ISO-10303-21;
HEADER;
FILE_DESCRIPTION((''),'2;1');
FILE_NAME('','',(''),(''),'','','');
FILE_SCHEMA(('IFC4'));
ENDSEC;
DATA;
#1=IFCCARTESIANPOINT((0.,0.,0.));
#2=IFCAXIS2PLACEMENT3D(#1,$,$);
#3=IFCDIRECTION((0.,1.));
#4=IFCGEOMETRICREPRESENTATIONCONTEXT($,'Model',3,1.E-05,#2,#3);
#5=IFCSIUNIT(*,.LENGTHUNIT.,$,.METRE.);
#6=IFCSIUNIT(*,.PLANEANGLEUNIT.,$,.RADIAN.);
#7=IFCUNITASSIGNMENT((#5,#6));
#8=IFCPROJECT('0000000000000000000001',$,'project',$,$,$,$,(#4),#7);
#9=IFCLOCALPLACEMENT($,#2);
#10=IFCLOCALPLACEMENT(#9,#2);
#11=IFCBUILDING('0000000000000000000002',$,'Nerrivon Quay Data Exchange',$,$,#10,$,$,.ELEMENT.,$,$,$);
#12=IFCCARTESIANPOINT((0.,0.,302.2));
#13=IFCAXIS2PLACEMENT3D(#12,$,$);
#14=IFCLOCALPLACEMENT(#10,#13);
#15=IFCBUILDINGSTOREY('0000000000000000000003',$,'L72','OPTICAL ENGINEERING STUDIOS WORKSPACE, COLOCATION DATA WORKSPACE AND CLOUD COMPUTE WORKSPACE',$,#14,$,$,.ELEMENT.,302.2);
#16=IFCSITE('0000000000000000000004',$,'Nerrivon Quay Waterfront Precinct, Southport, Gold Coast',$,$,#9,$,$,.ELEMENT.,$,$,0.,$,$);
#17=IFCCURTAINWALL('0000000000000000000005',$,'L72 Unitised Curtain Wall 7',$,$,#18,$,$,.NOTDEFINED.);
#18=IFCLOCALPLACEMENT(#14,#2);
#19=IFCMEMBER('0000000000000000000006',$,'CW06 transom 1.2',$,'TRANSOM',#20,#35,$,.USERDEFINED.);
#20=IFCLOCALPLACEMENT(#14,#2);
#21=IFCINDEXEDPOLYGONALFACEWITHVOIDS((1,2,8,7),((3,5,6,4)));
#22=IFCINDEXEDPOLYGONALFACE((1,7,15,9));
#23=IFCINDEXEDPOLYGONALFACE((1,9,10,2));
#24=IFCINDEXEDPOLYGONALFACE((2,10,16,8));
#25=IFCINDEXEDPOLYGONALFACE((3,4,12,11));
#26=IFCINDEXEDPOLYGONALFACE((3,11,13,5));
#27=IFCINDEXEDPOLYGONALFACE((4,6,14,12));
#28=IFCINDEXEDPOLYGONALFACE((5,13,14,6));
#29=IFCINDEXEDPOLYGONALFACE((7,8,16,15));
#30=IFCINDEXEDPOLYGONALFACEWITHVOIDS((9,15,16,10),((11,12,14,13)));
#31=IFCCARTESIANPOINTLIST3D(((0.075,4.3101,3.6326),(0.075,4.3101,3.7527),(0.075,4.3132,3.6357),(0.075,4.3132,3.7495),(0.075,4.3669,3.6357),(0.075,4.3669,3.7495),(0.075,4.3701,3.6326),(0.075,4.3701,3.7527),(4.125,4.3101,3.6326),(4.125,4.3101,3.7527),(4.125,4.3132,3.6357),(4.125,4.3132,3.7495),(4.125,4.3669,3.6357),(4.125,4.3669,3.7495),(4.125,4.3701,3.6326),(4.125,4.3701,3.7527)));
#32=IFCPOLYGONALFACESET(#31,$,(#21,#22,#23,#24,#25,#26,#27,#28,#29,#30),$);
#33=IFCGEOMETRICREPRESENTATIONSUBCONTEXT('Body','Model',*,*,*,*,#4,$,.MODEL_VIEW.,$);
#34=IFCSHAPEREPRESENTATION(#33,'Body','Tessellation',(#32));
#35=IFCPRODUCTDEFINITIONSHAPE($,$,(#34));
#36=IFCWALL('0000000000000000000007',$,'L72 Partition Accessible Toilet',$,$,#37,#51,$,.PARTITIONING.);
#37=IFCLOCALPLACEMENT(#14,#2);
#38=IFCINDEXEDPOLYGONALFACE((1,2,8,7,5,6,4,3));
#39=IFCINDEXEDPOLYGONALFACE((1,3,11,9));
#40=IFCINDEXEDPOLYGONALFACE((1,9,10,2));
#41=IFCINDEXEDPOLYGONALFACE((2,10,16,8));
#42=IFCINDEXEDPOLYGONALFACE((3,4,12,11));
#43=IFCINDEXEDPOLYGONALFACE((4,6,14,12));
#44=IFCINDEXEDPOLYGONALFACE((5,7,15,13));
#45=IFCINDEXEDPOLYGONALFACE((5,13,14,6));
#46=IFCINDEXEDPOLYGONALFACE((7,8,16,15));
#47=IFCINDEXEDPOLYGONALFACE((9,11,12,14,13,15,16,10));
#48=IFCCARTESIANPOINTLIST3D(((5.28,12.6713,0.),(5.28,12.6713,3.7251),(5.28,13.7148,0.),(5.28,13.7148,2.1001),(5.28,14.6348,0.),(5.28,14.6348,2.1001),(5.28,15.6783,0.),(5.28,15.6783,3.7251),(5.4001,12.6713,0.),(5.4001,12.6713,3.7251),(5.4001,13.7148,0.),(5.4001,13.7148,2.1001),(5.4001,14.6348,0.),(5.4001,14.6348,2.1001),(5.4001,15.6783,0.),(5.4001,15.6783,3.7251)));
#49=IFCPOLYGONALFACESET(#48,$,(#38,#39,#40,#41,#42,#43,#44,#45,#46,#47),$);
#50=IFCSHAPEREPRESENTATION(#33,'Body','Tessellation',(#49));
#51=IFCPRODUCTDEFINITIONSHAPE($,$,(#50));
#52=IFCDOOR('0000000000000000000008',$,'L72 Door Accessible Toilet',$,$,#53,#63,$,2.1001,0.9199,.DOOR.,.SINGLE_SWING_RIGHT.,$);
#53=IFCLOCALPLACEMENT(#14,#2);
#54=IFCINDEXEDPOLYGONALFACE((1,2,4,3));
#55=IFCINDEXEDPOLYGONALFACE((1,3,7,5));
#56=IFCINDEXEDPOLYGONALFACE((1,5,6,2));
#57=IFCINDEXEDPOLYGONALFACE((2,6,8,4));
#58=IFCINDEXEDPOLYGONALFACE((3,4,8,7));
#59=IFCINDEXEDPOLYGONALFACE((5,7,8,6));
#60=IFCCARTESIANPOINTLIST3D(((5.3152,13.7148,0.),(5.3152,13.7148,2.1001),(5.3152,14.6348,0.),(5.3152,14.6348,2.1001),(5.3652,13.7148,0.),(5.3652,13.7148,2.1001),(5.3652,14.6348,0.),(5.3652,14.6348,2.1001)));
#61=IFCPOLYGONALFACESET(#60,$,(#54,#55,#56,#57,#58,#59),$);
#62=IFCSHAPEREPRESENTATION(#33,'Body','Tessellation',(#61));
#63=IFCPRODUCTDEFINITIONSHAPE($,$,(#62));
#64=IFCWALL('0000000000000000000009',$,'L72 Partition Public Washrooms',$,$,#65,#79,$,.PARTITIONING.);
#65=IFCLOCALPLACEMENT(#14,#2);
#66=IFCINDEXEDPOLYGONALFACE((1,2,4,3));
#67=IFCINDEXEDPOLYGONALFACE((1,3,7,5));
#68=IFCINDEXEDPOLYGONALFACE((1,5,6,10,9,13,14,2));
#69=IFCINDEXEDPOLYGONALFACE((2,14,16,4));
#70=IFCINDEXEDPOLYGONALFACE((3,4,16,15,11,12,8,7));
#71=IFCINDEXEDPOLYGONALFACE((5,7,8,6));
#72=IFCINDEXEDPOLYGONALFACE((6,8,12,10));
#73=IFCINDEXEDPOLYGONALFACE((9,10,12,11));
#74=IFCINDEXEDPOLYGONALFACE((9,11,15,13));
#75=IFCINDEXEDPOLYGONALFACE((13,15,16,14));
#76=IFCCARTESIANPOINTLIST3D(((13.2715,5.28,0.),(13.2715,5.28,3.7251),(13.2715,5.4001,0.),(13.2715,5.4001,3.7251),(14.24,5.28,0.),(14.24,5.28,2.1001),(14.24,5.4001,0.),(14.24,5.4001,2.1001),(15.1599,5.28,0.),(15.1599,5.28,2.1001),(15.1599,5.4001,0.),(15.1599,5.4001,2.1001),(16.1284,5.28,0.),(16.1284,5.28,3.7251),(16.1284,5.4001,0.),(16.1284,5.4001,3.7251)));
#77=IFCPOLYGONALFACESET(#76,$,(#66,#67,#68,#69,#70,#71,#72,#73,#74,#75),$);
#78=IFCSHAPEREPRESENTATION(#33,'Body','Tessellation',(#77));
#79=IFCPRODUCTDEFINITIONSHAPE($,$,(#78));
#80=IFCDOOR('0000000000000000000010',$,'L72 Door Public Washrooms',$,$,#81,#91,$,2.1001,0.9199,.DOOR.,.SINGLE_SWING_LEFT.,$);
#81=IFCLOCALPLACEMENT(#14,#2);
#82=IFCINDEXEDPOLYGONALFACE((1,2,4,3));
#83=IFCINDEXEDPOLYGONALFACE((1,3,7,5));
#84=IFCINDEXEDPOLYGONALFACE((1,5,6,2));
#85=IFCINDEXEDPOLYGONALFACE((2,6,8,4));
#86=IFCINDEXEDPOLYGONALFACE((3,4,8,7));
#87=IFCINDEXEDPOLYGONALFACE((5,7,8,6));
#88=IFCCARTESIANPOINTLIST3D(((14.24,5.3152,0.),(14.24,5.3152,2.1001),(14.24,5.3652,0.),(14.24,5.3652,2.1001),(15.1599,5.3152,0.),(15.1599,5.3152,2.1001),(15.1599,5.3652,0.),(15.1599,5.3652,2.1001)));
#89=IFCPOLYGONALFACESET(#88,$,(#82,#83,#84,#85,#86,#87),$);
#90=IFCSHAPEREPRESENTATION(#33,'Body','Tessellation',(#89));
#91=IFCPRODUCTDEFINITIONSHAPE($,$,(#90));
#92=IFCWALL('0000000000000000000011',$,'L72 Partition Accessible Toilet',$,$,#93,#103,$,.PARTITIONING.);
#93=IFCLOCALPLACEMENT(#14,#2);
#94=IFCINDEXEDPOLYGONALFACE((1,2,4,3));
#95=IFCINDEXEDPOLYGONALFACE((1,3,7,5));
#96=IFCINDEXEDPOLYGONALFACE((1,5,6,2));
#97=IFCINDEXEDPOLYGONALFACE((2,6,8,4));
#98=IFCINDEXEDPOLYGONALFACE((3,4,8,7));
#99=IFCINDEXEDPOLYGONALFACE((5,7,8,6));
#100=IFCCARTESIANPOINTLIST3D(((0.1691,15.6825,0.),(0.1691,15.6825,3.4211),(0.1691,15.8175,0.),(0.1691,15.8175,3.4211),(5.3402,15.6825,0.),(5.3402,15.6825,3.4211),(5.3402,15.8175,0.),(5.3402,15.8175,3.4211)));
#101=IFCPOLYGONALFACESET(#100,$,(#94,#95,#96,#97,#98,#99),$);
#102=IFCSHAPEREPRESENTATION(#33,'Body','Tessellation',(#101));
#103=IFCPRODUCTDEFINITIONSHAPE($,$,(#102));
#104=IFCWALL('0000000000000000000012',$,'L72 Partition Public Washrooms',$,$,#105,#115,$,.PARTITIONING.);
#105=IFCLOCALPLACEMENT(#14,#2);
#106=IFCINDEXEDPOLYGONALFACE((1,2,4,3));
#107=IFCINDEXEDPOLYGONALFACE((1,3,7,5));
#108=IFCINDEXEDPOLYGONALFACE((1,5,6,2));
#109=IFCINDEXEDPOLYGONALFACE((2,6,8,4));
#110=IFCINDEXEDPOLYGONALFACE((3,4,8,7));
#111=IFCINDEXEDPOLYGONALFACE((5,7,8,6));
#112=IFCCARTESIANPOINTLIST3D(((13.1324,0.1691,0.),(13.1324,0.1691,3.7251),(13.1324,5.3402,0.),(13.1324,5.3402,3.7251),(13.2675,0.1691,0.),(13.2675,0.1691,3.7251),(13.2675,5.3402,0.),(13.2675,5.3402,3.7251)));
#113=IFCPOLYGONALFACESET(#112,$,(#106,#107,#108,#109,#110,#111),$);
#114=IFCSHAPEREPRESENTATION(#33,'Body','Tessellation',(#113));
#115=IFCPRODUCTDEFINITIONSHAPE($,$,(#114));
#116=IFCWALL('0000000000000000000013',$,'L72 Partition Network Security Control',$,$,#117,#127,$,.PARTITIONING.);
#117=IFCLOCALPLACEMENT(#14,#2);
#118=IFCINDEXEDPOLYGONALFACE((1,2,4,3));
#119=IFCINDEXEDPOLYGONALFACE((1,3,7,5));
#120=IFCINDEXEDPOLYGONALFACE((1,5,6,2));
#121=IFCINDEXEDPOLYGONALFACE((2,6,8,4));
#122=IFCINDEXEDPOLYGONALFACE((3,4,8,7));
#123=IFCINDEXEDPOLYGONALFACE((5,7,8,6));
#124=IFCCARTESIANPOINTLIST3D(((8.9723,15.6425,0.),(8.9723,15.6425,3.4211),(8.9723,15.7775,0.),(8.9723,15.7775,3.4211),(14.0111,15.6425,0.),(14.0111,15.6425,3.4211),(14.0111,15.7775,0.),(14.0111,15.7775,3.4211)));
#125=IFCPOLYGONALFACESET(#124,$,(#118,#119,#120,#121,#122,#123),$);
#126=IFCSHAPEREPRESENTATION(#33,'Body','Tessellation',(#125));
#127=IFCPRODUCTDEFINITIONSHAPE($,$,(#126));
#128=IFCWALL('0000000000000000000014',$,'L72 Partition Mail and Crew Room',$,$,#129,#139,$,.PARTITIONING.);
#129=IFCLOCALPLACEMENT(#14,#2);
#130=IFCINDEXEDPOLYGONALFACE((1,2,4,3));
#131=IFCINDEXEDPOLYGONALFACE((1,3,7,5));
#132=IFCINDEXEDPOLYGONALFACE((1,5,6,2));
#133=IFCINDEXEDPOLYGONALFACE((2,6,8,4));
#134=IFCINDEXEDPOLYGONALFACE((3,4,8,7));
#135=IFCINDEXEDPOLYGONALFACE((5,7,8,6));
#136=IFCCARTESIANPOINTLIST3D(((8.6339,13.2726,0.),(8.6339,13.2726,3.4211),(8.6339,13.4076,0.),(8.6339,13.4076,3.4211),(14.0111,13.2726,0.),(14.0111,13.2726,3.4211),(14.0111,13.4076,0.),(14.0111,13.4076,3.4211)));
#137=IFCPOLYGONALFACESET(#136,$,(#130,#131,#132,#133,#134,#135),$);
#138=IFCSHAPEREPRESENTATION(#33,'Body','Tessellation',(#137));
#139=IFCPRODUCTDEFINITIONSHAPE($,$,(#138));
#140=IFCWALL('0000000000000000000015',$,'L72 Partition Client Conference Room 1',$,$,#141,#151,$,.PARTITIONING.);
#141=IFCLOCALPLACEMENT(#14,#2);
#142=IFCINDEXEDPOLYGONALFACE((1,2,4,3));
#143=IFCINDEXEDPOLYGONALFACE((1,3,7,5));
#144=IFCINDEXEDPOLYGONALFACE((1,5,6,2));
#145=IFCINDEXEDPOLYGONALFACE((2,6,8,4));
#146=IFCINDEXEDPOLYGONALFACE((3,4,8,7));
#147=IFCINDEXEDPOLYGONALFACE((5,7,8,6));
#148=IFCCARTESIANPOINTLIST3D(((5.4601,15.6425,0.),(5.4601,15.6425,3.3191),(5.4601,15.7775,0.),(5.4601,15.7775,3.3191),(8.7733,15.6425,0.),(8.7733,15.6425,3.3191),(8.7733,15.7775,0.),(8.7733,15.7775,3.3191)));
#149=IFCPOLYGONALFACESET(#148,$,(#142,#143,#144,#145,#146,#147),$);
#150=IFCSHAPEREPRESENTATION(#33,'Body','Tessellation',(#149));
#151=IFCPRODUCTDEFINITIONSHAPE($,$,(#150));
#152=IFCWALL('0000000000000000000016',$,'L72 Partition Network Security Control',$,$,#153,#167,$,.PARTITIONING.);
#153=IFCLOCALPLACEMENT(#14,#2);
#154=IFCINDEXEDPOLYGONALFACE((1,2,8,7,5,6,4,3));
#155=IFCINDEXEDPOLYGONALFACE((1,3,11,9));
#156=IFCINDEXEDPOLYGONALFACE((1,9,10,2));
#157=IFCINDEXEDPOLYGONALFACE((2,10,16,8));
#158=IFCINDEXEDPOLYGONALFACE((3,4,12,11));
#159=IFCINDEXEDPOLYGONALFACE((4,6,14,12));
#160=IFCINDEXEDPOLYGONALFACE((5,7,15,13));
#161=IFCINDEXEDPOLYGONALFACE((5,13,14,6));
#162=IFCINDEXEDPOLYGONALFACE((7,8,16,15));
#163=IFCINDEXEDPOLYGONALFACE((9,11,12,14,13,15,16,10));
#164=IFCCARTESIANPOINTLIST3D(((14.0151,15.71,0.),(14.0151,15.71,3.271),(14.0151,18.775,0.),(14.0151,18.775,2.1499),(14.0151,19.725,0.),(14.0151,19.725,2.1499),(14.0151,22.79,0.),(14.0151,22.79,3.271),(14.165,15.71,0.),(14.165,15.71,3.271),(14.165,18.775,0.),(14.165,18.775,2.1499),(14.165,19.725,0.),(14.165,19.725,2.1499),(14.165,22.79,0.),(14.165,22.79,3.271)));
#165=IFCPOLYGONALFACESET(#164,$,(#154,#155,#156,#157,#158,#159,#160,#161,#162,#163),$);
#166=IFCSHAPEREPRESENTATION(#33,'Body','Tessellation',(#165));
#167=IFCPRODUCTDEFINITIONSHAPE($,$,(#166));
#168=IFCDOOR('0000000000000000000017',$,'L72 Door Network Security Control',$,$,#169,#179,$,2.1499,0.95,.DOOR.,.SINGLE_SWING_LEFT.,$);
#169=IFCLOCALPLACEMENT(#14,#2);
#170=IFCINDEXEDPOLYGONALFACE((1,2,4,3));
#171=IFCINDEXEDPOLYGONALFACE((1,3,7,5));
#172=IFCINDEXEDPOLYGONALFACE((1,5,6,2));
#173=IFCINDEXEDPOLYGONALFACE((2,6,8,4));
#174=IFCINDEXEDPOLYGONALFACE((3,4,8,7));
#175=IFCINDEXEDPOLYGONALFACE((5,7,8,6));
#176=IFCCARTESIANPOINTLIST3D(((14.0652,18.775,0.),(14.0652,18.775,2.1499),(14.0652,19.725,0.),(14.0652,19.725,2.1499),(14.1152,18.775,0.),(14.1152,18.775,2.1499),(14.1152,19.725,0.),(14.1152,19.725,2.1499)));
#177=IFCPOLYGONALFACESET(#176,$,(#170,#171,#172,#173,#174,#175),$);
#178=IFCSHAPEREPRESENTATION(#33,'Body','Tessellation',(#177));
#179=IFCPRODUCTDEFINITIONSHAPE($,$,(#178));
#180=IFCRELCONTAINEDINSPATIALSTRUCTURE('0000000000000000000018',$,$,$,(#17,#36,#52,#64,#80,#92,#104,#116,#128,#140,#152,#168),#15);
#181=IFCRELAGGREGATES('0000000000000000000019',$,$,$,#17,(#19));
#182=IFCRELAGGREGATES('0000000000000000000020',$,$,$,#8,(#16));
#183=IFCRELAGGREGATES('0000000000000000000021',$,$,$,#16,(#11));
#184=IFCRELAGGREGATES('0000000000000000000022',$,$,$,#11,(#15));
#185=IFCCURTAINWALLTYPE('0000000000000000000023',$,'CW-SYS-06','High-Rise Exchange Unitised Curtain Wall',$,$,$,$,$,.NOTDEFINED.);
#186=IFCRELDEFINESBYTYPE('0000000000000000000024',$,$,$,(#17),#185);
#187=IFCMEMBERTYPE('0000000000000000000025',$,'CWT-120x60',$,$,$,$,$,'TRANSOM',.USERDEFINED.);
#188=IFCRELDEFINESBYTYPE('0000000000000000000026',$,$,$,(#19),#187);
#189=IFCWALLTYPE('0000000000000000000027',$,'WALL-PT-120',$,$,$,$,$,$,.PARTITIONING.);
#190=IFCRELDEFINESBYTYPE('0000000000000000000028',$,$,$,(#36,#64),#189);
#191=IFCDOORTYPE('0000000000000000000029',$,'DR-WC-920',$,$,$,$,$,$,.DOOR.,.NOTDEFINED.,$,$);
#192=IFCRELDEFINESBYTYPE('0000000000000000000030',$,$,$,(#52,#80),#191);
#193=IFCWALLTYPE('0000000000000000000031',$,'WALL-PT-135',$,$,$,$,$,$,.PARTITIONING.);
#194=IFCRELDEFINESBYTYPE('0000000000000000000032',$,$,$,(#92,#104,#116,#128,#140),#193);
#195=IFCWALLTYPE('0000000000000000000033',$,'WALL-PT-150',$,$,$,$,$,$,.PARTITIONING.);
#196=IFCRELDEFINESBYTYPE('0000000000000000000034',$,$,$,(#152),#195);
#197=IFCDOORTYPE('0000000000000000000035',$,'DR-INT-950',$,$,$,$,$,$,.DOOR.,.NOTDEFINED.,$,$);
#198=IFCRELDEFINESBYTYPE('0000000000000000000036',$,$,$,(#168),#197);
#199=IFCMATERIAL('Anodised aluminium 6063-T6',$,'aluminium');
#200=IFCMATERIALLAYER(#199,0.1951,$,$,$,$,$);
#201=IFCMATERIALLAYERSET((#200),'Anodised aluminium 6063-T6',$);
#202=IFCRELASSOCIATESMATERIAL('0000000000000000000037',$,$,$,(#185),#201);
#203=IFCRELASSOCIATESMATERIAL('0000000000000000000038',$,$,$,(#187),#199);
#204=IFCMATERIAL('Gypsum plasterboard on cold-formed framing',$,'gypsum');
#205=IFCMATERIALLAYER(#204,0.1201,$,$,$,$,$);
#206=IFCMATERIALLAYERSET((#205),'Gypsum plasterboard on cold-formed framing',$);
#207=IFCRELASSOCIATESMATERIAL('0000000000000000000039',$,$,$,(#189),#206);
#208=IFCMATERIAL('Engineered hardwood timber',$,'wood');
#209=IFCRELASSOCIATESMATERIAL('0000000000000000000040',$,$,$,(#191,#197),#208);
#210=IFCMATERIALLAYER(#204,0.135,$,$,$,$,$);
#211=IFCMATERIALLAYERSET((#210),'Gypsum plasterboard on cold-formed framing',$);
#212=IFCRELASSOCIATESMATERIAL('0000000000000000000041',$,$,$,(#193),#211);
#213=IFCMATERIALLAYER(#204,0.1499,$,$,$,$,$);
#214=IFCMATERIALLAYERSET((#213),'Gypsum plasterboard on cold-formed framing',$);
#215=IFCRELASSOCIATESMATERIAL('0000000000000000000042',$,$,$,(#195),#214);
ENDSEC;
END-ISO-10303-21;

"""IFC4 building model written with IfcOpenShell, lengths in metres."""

from ifc_helpers import new_model, si_unit, direction, frame, frame_2d, origin, origin_2d, place, context, subcontext, project, spatial, rectangle, hollow_rectangle, extrude, material, layer, layer_set, material_profile, profile_set, type_object, element, fill, aggregate, save


model = new_model("IFC4")

# Units and contexts
model_context = context("Model", 3, precision=1e-05, world=origin(), true_north=direction((0.0, 1.0)))
body_context = subcontext(model_context, "Body", "Model", "MODEL_VIEW")
ifc_project = project(units=[si_unit("LENGTHUNIT", "METRE"), si_unit("PLANEANGLEUNIT", "RADIAN")], contexts=[model_context])

# Site, building, storey
site_placement = place(None, origin())
site = spatial("IfcSite", under=ifc_project, at=site_placement, Name="Nerrivon Quay Waterfront Precinct, Southport, Gold Coast", CompositionType="ELEMENT", RefElevation=0.0)
building_placement = place(site_placement, origin())
building = spatial("IfcBuilding", under=site, at=building_placement, Name="Nerrivon Quay Data Exchange", CompositionType="ELEMENT")
storey_placement = place(building_placement, frame((0.0, 0.0, 302.2)))
storey = spatial("IfcBuildingStorey", under=building, at=storey_placement, Name="L72", Description="OPTICAL ENGINEERING STUDIOS WORKSPACE, COLOCATION DATA WORKSPACE AND CLOUD COMPUTE WORKSPACE", CompositionType="ELEMENT", Elevation=302.2)

# Curtain wall, member
ifc_material_1 = material(Name="Anodised aluminium 6063-T6", Category="aluminium")
ifc_layer_1 = layer(ifc_material_1, 0.1951)
ifc_layer_set_1 = layer_set([ifc_layer_1], Name="Anodised aluminium 6063-T6")
curtain_wall_type = type_object("IfcCurtainWallType", Name="CW-SYS-06", Description="High-Rise Exchange Unitised Curtain Wall", PredefinedType="NOTDEFINED", material=ifc_layer_set_1)
curtain_wall_placement = place(storey_placement, origin())
curtain_wall = element("IfcCurtainWall", 1, at=curtain_wall_placement, inside=storey, type_object=curtain_wall_type, Name="L72 Unitised Curtain Wall 7", PredefinedType="NOTDEFINED")
ifc_material_profile_1 = material_profile(ifc_material_1, hollow_rectangle(XDim=0.0601, YDim=0.1201, WallThickness=0.0032, at=origin_2d()), Name="ALU-TRAN-120x60")
ifc_profile_set_1 = profile_set([ifc_material_profile_1], Name="Anodised aluminium 6063-T6")
member_type_1 = type_object("IfcMemberType", Name="CWT-120x60", ElementType="TRANSOM", PredefinedType="USERDEFINED", material=ifc_profile_set_1)
member_1_placement = place(storey_placement, frame((4.125, 4.3401, 3.6926), z_axis=(-1.0, 0.0, 0.0), x_axis=(0.0, -1.0, 0.0)))
member_1 = element("IfcMember", 2, at=member_1_placement, type_object=member_type_1, Name="CW06 transom 1.2", ObjectType="TRANSOM", PredefinedType="USERDEFINED", context=body_context, shape_type="SweptSolid", body=[
    extrude(hollow_rectangle(XDim=0.0601, YDim=0.1201, WallThickness=0.0032, at=origin_2d()), origin(), (0.0, 0.0, 1.0), 4.05),
])
aggregate(curtain_wall, [member_1])

# Walls, openings, doors
ifc_material_2 = material(Name="Gypsum plasterboard on cold-formed framing", Category="gypsum")
ifc_material_3 = material(Name="Engineered hardwood timber", Category="wood")
ifc_layer_2 = layer(ifc_material_2, 0.1201)
ifc_layer_set_2 = layer_set([ifc_layer_2], Name="Gypsum plasterboard on cold-formed framing")
wall_type_1 = type_object("IfcWallType", Name="WALL-PT-120", PredefinedType="PARTITIONING", material=ifc_layer_set_2)
wall_1_placement = place(storey_placement, frame((5.3401, 12.6714, 0.0), z_axis=(0.0, 0.0, 1.0), x_axis=(0.0, 1.0, 0.0)))
wall_1 = element("IfcWall", 3, at=wall_1_placement, inside=storey, type_object=wall_type_1, Name="L72 Partition Accessible Toilet", PredefinedType="PARTITIONING", context=body_context, shape_type="SweptSolid", body=[
    extrude(rectangle(XDim=3.0071, YDim=0.1201, at=frame_2d((1.5034, 0.0))), origin(), (0.0, 0.0, 1.0), 3.7251),
])
opening_1_placement = place(wall_1_placement, frame((1.0435, 0.0, 0.0)))
opening_1 = element("IfcOpeningElement", 4, at=opening_1_placement, cuts=wall_1, PredefinedType="OPENING", context=body_context, shape_type="SweptSolid", body=[
    extrude(rectangle(XDim=0.9199, YDim=2.1001, at=frame_2d((0.46, 1.05))), frame((0.0, 0.0701, 0.0), z_axis=(0.0, -1.0, 0.0), x_axis=(1.0, 0.0, 0.0)), (0.0, 0.0, 1.0), 0.1401),
])
door_type_1 = type_object("IfcDoorType", Name="DR-WC-920", OperationType="NOTDEFINED", PredefinedType="DOOR", material=ifc_material_3)
door_1_placement = place(opening_1_placement, origin())
door_1 = element("IfcDoor", 5, at=door_1_placement, inside=storey, type_object=door_type_1, Name="L72 Door Accessible Toilet", OperationType="SINGLE_SWING_RIGHT", OverallHeight=2.1001, OverallWidth=0.9199, PredefinedType="DOOR", context=body_context, shape_type="SweptSolid", body=[
    extrude(rectangle(XDim=0.9199, YDim=2.1001, at=frame_2d((0.46, 1.05))), frame((0.0, 0.0249, 0.0), z_axis=(0.0, -1.0, 0.0), x_axis=(1.0, 0.0, 0.0)), (0.0, 0.0, 1.0), 0.05),
])
fill(opening_1, door_1)
wall_2_placement = place(storey_placement, frame((16.1284, 5.3401, 0.0), z_axis=(0.0, 0.0, 1.0), x_axis=(-1.0, 0.0, 0.0)))
wall_2 = element("IfcWall", 6, at=wall_2_placement, inside=storey, type_object=wall_type_1, Name="L72 Partition Public Washrooms", PredefinedType="PARTITIONING", context=body_context, shape_type="SweptSolid", body=[
    extrude(rectangle(XDim=2.8569, YDim=0.1201, at=frame_2d((1.4285, 0.0))), origin(), (0.0, 0.0, 1.0), 3.7251),
])
opening_2_placement = place(wall_2_placement, frame((0.9685, 0.0, 0.0)))
opening_2 = element("IfcOpeningElement", 7, at=opening_2_placement, cuts=wall_2, PredefinedType="OPENING", context=body_context, shape_type="SweptSolid", body=[
    extrude(rectangle(XDim=0.9199, YDim=2.1001, at=frame_2d((0.46, 1.05))), frame((0.0, 0.0701, 0.0), z_axis=(0.0, -1.0, 0.0), x_axis=(1.0, 0.0, 0.0)), (0.0, 0.0, 1.0), 0.1401),
])
door_2_placement = place(opening_2_placement, origin())
door_2 = element("IfcDoor", 8, at=door_2_placement, inside=storey, type_object=door_type_1, Name="L72 Door Public Washrooms", OperationType="SINGLE_SWING_LEFT", OverallHeight=2.1001, OverallWidth=0.9199, PredefinedType="DOOR", context=body_context, shape_type="SweptSolid", body=[
    extrude(rectangle(XDim=0.9199, YDim=2.1001, at=frame_2d((0.46, 1.05))), frame((0.0, 0.0249, 0.0), z_axis=(0.0, -1.0, 0.0), x_axis=(1.0, 0.0, 0.0)), (0.0, 0.0, 1.0), 0.05),
])
fill(opening_2, door_2)

# Walls
ifc_layer_3 = layer(ifc_material_2, 0.135)
ifc_layer_set_3 = layer_set([ifc_layer_3], Name="Gypsum plasterboard on cold-formed framing")
wall_type_2 = type_object("IfcWallType", Name="WALL-PT-135", PredefinedType="PARTITIONING", material=ifc_layer_set_3)
wall_3_placement = place(storey_placement, frame((5.3401, 15.75, 0.0), z_axis=(0.0, 0.0, 1.0), x_axis=(-1.0, 0.0, 0.0)))
element("IfcWall", 9, at=wall_3_placement, inside=storey, type_object=wall_type_2, Name="L72 Partition Accessible Toilet", PredefinedType="PARTITIONING", context=body_context, shape_type="SweptSolid", body=[
    extrude(rectangle(XDim=5.1711, YDim=0.135, at=frame_2d((2.5854, 0.0))), origin(), (0.0, 0.0, 1.0), 3.4211),
])
wall_4_placement = place(storey_placement, frame((13.2, 5.3401, 0.0), z_axis=(0.0, 0.0, 1.0), x_axis=(0.0, -1.0, 0.0)))
element("IfcWall", 10, at=wall_4_placement, inside=storey, type_object=wall_type_2, Name="L72 Partition Public Washrooms", PredefinedType="PARTITIONING", context=body_context, shape_type="SweptSolid", body=[
    extrude(rectangle(XDim=5.1711, YDim=0.135, at=frame_2d((2.5854, 0.0))), origin(), (0.0, 0.0, 1.0), 3.7251),
])
wall_5_placement = place(storey_placement, frame((8.9722, 15.71, 0.0), z_axis=(0.0, 0.0, 1.0), x_axis=(1.0, 0.0, 0.0)))
element("IfcWall", 11, at=wall_5_placement, inside=storey, type_object=wall_type_2, Name="L72 Partition Network Security Control", PredefinedType="PARTITIONING", context=body_context, shape_type="SweptSolid", body=[
    extrude(rectangle(XDim=5.0388, YDim=0.135, at=frame_2d((2.5195, 0.0))), origin(), (0.0, 0.0, 1.0), 3.4211),
])
wall_6_placement = place(storey_placement, frame((14.011, 13.3401, 0.0), z_axis=(0.0, 0.0, 1.0), x_axis=(-1.0, 0.0, 0.0)))
element("IfcWall", 12, at=wall_6_placement, inside=storey, type_object=wall_type_2, Name="L72 Partition Mail and Crew Room", PredefinedType="PARTITIONING", context=body_context, shape_type="SweptSolid", body=[
    extrude(rectangle(XDim=5.3772, YDim=0.135, at=frame_2d((2.6885, 0.0))), origin(), (0.0, 0.0, 1.0), 3.4211),
])
wall_7_placement = place(storey_placement, frame((5.46, 15.71, 0.0), z_axis=(0.0, 0.0, 1.0), x_axis=(1.0, 0.0, 0.0)))
element("IfcWall", 13, at=wall_7_placement, inside=storey, type_object=wall_type_2, Name="L72 Partition Client Conference Room 1", PredefinedType="PARTITIONING", context=body_context, shape_type="SweptSolid", body=[
    extrude(rectangle(XDim=3.3132, YDim=0.135, at=frame_2d((1.6567, 0.0))), origin(), (0.0, 0.0, 1.0), 3.3191),
])

# Wall, opening, door
ifc_layer_4 = layer(ifc_material_2, 0.1499)
ifc_layer_set_4 = layer_set([ifc_layer_4], Name="Gypsum plasterboard on cold-formed framing")
wall_type_3 = type_object("IfcWallType", Name="WALL-PT-150", PredefinedType="PARTITIONING", material=ifc_layer_set_4)
wall_8_placement = place(storey_placement, frame((14.0901, 15.71, 0.0), z_axis=(0.0, 0.0, 1.0), x_axis=(0.0, 1.0, 0.0)))
wall_8 = element("IfcWall", 14, at=wall_8_placement, inside=storey, type_object=wall_type_3, Name="L72 Partition Network Security Control", PredefinedType="PARTITIONING", context=body_context, shape_type="SweptSolid", body=[
    extrude(rectangle(XDim=7.0801, YDim=0.1499, at=frame_2d((3.54, 0.0))), origin(), (0.0, 0.0, 1.0), 3.271),
])
opening_3_placement = place(wall_8_placement, frame((3.0649, 0.0, 0.0)))
opening_3 = element("IfcOpeningElement", 15, at=opening_3_placement, cuts=wall_8, PredefinedType="OPENING", context=body_context, shape_type="SweptSolid", body=[
    extrude(rectangle(XDim=0.95, YDim=2.1499, at=frame_2d((0.4751, 1.075))), frame((0.0, 0.085, 0.0), z_axis=(0.0, -1.0, 0.0), x_axis=(1.0, 0.0, 0.0)), (0.0, 0.0, 1.0), 0.1699),
])
door_type_2 = type_object("IfcDoorType", Name="DR-INT-950", OperationType="NOTDEFINED", PredefinedType="DOOR", material=ifc_material_3)
door_3_placement = place(opening_3_placement, origin())
door_3 = element("IfcDoor", 16, at=door_3_placement, inside=storey, type_object=door_type_2, Name="L72 Door Network Security Control", OperationType="SINGLE_SWING_LEFT", OverallHeight=2.1499, OverallWidth=0.95, PredefinedType="DOOR", context=body_context, shape_type="SweptSolid", body=[
    extrude(rectangle(XDim=0.95, YDim=2.1499, at=frame_2d((0.4751, 1.075))), frame((0.0, 0.0249, 0.0), z_axis=(0.0, -1.0, 0.0), x_axis=(1.0, 0.0, 0.0)), (0.0, 0.0, 1.0), 0.05),
])
fill(opening_3, door_3)

save(model, "model.ifc")
